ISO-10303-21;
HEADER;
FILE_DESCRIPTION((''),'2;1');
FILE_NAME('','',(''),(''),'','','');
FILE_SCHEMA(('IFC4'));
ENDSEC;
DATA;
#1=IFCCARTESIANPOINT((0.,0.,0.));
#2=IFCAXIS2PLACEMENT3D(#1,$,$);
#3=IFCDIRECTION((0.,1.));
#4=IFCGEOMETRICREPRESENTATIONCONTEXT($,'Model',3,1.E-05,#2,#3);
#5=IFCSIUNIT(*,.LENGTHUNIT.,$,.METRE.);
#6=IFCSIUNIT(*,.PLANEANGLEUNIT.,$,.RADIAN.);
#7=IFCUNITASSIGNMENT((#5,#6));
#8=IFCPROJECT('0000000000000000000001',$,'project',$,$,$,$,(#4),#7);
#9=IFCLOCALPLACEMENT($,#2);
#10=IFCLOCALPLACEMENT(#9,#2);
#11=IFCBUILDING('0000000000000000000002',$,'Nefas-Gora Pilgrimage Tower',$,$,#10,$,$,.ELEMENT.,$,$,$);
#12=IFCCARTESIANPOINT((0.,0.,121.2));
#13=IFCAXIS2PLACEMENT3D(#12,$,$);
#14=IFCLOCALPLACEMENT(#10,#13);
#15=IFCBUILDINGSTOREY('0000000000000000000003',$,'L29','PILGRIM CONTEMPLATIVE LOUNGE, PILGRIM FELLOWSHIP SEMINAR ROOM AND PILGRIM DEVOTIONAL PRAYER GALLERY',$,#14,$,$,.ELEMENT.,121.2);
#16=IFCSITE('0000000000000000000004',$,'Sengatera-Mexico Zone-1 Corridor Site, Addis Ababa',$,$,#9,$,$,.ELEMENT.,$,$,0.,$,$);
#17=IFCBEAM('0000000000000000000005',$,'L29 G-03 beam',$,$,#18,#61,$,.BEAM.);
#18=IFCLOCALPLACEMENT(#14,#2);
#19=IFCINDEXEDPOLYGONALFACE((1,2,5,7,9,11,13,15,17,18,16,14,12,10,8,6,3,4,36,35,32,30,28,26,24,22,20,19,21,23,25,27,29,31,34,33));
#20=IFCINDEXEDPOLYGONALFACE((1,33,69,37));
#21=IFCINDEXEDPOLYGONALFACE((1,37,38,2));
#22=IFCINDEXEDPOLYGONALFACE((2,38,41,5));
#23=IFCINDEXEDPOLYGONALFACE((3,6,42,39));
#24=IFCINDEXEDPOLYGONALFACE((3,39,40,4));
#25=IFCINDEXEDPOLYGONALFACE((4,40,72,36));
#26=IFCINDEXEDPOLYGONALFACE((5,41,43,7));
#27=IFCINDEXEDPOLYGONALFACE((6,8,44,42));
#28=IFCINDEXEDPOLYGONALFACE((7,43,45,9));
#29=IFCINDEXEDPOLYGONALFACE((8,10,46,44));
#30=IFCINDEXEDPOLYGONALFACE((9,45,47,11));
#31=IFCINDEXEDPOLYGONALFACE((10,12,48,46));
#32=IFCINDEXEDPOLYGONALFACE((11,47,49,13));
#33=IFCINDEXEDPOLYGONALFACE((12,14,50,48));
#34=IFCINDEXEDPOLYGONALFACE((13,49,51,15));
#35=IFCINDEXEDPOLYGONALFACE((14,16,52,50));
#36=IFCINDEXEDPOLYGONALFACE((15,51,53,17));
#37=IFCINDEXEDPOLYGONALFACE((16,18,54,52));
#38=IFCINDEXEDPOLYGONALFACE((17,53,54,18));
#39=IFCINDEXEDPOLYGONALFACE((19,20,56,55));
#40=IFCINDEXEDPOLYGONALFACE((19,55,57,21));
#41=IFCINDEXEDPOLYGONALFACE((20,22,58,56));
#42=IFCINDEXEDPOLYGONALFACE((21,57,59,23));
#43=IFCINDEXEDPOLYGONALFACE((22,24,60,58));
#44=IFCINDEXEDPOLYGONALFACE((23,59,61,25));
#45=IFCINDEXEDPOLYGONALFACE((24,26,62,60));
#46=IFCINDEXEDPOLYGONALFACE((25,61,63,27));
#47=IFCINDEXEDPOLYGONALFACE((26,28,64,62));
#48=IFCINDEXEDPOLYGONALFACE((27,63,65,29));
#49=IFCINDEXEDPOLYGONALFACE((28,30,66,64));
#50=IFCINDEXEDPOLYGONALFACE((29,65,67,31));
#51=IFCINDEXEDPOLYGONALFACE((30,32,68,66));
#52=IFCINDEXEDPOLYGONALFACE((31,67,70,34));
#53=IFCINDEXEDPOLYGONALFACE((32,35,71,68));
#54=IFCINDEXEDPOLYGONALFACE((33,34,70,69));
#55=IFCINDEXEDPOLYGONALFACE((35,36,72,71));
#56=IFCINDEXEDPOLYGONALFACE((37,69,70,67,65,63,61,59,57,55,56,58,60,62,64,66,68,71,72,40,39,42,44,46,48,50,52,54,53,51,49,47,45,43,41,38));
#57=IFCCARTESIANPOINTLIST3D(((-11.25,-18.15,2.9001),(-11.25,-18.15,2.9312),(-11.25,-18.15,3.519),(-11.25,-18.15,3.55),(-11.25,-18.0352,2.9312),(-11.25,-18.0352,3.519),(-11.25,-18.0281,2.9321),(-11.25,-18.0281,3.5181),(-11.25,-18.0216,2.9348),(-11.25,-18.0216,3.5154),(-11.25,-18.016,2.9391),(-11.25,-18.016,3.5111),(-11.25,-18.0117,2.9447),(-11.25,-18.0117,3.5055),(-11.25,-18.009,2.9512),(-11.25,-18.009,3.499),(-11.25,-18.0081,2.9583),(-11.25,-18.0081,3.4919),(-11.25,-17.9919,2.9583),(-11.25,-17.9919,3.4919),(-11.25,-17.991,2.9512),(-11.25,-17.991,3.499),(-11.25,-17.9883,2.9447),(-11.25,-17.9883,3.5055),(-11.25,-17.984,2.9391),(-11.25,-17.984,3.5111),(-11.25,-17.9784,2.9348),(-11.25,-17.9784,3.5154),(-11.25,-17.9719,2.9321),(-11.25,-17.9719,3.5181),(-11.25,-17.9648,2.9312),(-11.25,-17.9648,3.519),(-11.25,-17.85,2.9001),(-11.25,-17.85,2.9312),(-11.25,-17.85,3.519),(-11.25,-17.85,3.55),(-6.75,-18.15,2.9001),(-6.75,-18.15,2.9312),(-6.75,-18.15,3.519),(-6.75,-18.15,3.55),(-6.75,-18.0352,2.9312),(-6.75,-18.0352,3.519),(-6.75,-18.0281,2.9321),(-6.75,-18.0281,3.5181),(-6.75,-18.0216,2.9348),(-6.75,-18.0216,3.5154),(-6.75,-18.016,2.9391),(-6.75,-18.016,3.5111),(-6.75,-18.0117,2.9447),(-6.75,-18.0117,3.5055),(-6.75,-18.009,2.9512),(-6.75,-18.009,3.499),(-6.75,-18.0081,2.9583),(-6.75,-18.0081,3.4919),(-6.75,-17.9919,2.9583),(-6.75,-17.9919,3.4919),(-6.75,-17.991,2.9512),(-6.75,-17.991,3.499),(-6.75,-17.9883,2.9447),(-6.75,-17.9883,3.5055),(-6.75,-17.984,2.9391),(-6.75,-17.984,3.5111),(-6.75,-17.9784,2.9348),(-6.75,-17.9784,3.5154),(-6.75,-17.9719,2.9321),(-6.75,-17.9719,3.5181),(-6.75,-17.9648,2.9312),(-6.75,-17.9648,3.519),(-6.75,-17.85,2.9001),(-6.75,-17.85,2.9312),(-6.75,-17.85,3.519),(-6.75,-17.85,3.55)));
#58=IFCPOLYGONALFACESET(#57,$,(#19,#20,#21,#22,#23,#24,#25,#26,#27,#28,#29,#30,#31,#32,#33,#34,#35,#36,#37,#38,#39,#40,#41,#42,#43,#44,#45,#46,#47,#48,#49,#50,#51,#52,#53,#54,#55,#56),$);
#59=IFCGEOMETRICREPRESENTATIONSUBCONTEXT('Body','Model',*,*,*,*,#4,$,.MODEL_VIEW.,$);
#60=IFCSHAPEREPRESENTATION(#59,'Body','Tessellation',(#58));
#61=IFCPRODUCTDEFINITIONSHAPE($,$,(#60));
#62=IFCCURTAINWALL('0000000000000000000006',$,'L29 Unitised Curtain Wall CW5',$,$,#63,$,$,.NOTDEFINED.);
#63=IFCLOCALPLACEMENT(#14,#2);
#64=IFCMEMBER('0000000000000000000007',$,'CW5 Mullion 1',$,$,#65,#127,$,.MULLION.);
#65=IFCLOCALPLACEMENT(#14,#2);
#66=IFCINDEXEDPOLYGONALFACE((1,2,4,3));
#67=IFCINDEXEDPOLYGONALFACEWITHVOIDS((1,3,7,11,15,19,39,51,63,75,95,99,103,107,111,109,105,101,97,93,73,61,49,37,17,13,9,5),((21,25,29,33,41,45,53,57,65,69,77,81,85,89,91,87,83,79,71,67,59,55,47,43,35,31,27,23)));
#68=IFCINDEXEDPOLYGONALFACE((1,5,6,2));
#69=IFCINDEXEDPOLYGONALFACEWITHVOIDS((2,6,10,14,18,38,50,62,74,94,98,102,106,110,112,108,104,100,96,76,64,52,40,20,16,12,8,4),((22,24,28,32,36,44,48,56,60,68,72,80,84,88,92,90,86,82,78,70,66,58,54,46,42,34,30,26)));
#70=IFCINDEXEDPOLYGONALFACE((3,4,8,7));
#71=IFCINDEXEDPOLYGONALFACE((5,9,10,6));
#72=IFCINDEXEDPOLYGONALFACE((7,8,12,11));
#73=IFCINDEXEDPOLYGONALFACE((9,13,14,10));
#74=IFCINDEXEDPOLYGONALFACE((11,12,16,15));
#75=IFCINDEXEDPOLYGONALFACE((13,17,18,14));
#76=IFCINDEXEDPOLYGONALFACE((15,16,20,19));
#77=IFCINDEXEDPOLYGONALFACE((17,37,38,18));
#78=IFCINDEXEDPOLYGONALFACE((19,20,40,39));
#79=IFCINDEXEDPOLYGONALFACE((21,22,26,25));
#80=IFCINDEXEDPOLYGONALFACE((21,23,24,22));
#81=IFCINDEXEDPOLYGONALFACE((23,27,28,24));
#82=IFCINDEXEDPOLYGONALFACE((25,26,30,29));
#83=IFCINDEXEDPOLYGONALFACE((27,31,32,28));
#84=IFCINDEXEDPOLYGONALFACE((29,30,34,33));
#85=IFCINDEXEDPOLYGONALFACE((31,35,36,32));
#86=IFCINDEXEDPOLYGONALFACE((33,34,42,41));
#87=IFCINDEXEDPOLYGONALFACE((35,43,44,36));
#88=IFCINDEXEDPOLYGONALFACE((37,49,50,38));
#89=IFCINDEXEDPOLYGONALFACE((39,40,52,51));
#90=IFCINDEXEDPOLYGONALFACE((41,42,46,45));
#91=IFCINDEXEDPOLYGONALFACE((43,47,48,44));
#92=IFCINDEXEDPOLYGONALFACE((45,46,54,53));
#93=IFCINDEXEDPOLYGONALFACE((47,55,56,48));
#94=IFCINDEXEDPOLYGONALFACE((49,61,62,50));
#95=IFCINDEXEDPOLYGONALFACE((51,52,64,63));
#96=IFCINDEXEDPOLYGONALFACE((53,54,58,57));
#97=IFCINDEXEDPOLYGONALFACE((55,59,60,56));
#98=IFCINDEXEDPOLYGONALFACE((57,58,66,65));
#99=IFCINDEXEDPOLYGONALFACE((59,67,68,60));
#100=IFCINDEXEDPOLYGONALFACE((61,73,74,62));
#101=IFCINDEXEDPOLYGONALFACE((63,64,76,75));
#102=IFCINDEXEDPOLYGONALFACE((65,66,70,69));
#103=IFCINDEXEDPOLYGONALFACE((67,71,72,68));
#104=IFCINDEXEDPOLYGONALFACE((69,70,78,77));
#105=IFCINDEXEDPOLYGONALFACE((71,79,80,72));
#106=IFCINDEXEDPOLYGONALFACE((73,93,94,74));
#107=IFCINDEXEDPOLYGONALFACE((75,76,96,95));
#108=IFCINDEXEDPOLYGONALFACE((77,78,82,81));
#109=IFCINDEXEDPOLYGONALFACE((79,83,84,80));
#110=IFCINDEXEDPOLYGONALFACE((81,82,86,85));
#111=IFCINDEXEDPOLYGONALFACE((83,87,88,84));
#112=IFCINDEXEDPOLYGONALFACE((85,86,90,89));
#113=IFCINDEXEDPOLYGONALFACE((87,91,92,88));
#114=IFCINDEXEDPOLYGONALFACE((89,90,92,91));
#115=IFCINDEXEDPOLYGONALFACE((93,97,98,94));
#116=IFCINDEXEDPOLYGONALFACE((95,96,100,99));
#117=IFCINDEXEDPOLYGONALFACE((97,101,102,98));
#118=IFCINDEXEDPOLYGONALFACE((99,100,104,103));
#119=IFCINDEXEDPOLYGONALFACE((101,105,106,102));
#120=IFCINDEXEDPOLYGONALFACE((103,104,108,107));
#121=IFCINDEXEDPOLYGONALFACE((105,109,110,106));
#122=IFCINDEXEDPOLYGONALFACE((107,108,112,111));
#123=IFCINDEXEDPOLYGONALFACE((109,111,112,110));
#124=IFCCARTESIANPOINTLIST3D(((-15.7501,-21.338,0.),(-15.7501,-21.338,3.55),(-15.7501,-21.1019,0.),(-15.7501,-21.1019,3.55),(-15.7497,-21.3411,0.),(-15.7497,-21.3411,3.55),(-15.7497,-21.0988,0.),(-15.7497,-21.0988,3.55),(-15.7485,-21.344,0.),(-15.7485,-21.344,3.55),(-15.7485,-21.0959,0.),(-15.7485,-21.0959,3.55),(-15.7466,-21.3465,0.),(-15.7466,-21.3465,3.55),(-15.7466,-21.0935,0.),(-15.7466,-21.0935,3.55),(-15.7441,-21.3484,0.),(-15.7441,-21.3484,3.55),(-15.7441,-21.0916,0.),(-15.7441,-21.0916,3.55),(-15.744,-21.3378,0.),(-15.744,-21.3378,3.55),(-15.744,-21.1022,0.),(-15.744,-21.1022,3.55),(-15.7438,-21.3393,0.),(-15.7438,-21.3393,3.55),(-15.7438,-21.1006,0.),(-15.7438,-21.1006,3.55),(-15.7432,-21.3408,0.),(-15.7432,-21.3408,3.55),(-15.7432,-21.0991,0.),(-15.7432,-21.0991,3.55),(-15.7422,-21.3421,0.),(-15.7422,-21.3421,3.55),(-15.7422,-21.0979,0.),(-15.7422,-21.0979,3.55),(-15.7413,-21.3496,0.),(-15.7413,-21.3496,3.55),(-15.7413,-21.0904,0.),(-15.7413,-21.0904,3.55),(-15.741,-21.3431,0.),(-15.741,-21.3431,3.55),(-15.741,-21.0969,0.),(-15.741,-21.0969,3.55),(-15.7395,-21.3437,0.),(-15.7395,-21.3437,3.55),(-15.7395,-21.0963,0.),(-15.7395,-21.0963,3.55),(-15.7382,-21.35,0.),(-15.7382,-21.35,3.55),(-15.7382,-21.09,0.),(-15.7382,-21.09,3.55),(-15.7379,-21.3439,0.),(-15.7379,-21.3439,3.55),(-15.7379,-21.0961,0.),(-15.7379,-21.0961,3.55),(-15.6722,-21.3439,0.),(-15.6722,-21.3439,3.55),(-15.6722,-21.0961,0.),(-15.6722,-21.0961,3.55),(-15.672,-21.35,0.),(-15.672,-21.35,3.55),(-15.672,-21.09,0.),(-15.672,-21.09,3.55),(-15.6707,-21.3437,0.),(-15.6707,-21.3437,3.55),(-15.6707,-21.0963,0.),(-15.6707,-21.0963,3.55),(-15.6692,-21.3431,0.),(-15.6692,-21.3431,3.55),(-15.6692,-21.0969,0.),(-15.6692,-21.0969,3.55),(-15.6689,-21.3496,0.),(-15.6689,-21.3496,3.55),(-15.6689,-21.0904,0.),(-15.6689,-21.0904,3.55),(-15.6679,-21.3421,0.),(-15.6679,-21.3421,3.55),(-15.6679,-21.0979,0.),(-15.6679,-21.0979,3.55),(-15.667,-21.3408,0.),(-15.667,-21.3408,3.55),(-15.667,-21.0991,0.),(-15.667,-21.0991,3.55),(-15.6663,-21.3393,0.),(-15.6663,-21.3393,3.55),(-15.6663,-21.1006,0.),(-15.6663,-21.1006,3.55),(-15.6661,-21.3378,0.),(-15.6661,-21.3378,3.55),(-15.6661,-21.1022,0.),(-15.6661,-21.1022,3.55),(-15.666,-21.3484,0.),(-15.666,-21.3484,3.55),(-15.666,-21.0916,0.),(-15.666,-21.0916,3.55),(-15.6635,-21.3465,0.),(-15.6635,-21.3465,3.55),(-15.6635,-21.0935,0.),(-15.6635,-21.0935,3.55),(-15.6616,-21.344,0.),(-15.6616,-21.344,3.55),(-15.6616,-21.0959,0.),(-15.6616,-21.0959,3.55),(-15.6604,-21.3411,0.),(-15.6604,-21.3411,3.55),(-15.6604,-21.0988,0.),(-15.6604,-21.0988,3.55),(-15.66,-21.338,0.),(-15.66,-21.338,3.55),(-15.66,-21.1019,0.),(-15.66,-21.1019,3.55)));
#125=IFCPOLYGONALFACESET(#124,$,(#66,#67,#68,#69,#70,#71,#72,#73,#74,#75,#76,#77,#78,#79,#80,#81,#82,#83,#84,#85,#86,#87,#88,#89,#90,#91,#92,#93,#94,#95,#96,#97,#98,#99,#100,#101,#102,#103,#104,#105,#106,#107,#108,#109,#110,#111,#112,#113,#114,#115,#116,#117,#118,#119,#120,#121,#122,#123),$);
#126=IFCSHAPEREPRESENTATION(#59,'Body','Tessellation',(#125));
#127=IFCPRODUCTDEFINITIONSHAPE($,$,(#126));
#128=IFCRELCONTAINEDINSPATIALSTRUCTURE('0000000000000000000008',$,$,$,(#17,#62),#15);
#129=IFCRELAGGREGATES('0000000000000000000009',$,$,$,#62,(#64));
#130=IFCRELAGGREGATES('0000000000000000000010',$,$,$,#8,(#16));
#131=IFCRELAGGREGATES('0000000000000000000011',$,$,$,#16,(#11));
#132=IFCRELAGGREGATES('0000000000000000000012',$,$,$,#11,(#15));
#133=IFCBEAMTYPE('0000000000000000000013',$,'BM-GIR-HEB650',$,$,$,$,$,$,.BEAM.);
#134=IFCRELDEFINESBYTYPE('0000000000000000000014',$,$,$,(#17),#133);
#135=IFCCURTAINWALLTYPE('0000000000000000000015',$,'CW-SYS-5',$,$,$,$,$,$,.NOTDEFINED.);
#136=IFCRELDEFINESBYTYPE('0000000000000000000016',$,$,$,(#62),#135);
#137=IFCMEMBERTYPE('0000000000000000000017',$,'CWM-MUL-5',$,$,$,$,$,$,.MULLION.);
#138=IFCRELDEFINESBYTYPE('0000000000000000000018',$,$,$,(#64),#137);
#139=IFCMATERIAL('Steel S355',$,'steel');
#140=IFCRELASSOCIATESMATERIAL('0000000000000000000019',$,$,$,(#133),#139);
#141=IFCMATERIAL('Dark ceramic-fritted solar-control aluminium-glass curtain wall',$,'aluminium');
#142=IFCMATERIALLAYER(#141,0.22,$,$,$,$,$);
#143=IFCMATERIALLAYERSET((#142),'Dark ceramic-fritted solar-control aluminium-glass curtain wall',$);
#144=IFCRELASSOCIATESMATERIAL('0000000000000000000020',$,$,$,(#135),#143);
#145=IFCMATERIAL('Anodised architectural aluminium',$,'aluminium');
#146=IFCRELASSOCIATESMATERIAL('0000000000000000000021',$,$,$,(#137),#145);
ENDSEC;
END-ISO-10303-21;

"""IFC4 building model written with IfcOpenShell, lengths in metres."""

from ifc_helpers import new_model, si_unit, direction, frame, origin, origin_2d, place, context, subcontext, project, spatial, hollow_rectangle, i_section, extrude, source, transform, mapped, material, layer, layer_set, material_profile, profile_set, type_object, element, aggregate, save


model = new_model("IFC4")

# Units and contexts
model_context = context("Model", 3, precision=1e-05, world=origin(), true_north=direction((0.0, 1.0)))
body_context = subcontext(model_context, "Body", "Model", "MODEL_VIEW")
ifc_project = project(units=[si_unit("LENGTHUNIT", "METRE"), si_unit("PLANEANGLEUNIT", "RADIAN")], contexts=[model_context])

# Site, building, storey
site_placement = place(None, origin())
site = spatial("IfcSite", under=ifc_project, at=site_placement, Name="Sengatera-Mexico Zone-1 Corridor Site, Addis Ababa", CompositionType="ELEMENT", RefElevation=0.0)
building_placement = place(site_placement, origin())
building = spatial("IfcBuilding", under=site, at=building_placement, Name="Nefas-Gora Pilgrimage Tower", CompositionType="ELEMENT")
storey_placement = place(building_placement, frame((0.0, 0.0, 121.2)))
storey = spatial("IfcBuildingStorey", under=building, at=storey_placement, Name="L29", Description="PILGRIM CONTEMPLATIVE LOUNGE, PILGRIM FELLOWSHIP SEMINAR ROOM AND PILGRIM DEVOTIONAL PRAYER GALLERY", CompositionType="ELEMENT", Elevation=121.2)

# Beam
ifc_material_1 = material(Name="Steel S355", Category="steel")
ifc_material_profile_1 = material_profile(ifc_material_1, i_section(OverallWidth=0.3, OverallDepth=0.6499, WebThickness=0.0161, FlangeThickness=0.031, FilletRadius=0.0271, at=origin_2d()), Name="HEB 650")
ifc_profile_set_1 = profile_set([ifc_material_profile_1], Name="Steel S355")
beam_type = type_object("IfcBeamType", Name="BM-GIR-HEB650", PredefinedType="BEAM", material=ifc_profile_set_1)
shared_shape_1 = source(origin(), body_context, "Body", "SweptSolid", [
    extrude(i_section(OverallWidth=0.3, OverallDepth=0.6499, WebThickness=0.0161, FlangeThickness=0.031, FilletRadius=0.0271, at=origin_2d()), origin(), (0.0, 0.0, 1.0), 4.5),
])
for number, where, z_axis, x_axis, name in (
    (1, (-11.25, -18.0, 3.2251), (1.0, 0.0, 0.0), (0.0, 1.0, 0.0), "L29 G-03 beam"),
):
    element("IfcBeam", number, at=place(storey_placement, frame(where, z_axis=z_axis, x_axis=x_axis)), inside=storey, type_object=beam_type, Name=name, PredefinedType="BEAM", context=body_context, shape_type="MappedRepresentation", body=[
        mapped(shared_shape_1, transform((0.0, 0.0, 0.0), x_axis=(1.0, 0.0, 0.0), y_axis=(0.0, 1.0, 0.0), z_axis=(0.0, 0.0, 1.0), scale=1.0)),
    ])

# Curtain wall, member
ifc_material_2 = material(Name="Dark ceramic-fritted solar-control aluminium-glass curtain wall", Category="aluminium")
ifc_layer_1 = layer(ifc_material_2, 0.22)
ifc_layer_set_1 = layer_set([ifc_layer_1], Name="Dark ceramic-fritted solar-control aluminium-glass curtain wall")
curtain_wall_type_1 = type_object("IfcCurtainWallType", Name="CW-SYS-5", PredefinedType="NOTDEFINED", material=ifc_layer_set_1)
curtain_wall_1_placement = place(storey_placement, origin())
curtain_wall_1 = element("IfcCurtainWall", 2, at=curtain_wall_1_placement, inside=storey, type_object=curtain_wall_type_1, Name="L29 Unitised Curtain Wall CW5", PredefinedType="NOTDEFINED")
ifc_material_3 = material(Name="Anodised architectural aluminium", Category="aluminium")
ifc_material_profile_2 = material_profile(ifc_material_3, hollow_rectangle(XDim=0.0901, YDim=0.26, WallThickness=0.0061, InnerFilletRadius=0.0061, OuterFilletRadius=0.012, at=origin_2d()), Name="ALU MULLION 90x260")
ifc_profile_set_2 = profile_set([ifc_material_profile_2], Name="Anodised architectural aluminium")
member_type_1 = type_object("IfcMemberType", Name="CWM-MUL-5", PredefinedType="MULLION", material=ifc_profile_set_2)
shared_shape_2 = source(origin(), body_context, "Body", "SweptSolid", [
    extrude(hollow_rectangle(XDim=0.0901, YDim=0.26, WallThickness=0.0061, InnerFilletRadius=0.0061, OuterFilletRadius=0.012, at=origin_2d()), origin(), (0.0, 0.0, 1.0), 3.55),
])
member_1_placement = place(storey_placement, frame((-15.7051, -21.22, 0.0), z_axis=(0.0, 0.0, 1.0), x_axis=(1.0, 0.0, 0.0)))
member_1 = element("IfcMember", 3, at=member_1_placement, type_object=member_type_1, Name="CW5 Mullion 1", PredefinedType="MULLION", context=body_context, shape_type="MappedRepresentation", body=[
    mapped(shared_shape_2, transform((0.0, 0.0, 0.0), x_axis=(1.0, 0.0, 0.0), y_axis=(0.0, 1.0, 0.0), z_axis=(0.0, 0.0, 1.0), scale=1.0)),
])

aggregate(curtain_wall_1, [member_1])

save(model, "model.ifc")
